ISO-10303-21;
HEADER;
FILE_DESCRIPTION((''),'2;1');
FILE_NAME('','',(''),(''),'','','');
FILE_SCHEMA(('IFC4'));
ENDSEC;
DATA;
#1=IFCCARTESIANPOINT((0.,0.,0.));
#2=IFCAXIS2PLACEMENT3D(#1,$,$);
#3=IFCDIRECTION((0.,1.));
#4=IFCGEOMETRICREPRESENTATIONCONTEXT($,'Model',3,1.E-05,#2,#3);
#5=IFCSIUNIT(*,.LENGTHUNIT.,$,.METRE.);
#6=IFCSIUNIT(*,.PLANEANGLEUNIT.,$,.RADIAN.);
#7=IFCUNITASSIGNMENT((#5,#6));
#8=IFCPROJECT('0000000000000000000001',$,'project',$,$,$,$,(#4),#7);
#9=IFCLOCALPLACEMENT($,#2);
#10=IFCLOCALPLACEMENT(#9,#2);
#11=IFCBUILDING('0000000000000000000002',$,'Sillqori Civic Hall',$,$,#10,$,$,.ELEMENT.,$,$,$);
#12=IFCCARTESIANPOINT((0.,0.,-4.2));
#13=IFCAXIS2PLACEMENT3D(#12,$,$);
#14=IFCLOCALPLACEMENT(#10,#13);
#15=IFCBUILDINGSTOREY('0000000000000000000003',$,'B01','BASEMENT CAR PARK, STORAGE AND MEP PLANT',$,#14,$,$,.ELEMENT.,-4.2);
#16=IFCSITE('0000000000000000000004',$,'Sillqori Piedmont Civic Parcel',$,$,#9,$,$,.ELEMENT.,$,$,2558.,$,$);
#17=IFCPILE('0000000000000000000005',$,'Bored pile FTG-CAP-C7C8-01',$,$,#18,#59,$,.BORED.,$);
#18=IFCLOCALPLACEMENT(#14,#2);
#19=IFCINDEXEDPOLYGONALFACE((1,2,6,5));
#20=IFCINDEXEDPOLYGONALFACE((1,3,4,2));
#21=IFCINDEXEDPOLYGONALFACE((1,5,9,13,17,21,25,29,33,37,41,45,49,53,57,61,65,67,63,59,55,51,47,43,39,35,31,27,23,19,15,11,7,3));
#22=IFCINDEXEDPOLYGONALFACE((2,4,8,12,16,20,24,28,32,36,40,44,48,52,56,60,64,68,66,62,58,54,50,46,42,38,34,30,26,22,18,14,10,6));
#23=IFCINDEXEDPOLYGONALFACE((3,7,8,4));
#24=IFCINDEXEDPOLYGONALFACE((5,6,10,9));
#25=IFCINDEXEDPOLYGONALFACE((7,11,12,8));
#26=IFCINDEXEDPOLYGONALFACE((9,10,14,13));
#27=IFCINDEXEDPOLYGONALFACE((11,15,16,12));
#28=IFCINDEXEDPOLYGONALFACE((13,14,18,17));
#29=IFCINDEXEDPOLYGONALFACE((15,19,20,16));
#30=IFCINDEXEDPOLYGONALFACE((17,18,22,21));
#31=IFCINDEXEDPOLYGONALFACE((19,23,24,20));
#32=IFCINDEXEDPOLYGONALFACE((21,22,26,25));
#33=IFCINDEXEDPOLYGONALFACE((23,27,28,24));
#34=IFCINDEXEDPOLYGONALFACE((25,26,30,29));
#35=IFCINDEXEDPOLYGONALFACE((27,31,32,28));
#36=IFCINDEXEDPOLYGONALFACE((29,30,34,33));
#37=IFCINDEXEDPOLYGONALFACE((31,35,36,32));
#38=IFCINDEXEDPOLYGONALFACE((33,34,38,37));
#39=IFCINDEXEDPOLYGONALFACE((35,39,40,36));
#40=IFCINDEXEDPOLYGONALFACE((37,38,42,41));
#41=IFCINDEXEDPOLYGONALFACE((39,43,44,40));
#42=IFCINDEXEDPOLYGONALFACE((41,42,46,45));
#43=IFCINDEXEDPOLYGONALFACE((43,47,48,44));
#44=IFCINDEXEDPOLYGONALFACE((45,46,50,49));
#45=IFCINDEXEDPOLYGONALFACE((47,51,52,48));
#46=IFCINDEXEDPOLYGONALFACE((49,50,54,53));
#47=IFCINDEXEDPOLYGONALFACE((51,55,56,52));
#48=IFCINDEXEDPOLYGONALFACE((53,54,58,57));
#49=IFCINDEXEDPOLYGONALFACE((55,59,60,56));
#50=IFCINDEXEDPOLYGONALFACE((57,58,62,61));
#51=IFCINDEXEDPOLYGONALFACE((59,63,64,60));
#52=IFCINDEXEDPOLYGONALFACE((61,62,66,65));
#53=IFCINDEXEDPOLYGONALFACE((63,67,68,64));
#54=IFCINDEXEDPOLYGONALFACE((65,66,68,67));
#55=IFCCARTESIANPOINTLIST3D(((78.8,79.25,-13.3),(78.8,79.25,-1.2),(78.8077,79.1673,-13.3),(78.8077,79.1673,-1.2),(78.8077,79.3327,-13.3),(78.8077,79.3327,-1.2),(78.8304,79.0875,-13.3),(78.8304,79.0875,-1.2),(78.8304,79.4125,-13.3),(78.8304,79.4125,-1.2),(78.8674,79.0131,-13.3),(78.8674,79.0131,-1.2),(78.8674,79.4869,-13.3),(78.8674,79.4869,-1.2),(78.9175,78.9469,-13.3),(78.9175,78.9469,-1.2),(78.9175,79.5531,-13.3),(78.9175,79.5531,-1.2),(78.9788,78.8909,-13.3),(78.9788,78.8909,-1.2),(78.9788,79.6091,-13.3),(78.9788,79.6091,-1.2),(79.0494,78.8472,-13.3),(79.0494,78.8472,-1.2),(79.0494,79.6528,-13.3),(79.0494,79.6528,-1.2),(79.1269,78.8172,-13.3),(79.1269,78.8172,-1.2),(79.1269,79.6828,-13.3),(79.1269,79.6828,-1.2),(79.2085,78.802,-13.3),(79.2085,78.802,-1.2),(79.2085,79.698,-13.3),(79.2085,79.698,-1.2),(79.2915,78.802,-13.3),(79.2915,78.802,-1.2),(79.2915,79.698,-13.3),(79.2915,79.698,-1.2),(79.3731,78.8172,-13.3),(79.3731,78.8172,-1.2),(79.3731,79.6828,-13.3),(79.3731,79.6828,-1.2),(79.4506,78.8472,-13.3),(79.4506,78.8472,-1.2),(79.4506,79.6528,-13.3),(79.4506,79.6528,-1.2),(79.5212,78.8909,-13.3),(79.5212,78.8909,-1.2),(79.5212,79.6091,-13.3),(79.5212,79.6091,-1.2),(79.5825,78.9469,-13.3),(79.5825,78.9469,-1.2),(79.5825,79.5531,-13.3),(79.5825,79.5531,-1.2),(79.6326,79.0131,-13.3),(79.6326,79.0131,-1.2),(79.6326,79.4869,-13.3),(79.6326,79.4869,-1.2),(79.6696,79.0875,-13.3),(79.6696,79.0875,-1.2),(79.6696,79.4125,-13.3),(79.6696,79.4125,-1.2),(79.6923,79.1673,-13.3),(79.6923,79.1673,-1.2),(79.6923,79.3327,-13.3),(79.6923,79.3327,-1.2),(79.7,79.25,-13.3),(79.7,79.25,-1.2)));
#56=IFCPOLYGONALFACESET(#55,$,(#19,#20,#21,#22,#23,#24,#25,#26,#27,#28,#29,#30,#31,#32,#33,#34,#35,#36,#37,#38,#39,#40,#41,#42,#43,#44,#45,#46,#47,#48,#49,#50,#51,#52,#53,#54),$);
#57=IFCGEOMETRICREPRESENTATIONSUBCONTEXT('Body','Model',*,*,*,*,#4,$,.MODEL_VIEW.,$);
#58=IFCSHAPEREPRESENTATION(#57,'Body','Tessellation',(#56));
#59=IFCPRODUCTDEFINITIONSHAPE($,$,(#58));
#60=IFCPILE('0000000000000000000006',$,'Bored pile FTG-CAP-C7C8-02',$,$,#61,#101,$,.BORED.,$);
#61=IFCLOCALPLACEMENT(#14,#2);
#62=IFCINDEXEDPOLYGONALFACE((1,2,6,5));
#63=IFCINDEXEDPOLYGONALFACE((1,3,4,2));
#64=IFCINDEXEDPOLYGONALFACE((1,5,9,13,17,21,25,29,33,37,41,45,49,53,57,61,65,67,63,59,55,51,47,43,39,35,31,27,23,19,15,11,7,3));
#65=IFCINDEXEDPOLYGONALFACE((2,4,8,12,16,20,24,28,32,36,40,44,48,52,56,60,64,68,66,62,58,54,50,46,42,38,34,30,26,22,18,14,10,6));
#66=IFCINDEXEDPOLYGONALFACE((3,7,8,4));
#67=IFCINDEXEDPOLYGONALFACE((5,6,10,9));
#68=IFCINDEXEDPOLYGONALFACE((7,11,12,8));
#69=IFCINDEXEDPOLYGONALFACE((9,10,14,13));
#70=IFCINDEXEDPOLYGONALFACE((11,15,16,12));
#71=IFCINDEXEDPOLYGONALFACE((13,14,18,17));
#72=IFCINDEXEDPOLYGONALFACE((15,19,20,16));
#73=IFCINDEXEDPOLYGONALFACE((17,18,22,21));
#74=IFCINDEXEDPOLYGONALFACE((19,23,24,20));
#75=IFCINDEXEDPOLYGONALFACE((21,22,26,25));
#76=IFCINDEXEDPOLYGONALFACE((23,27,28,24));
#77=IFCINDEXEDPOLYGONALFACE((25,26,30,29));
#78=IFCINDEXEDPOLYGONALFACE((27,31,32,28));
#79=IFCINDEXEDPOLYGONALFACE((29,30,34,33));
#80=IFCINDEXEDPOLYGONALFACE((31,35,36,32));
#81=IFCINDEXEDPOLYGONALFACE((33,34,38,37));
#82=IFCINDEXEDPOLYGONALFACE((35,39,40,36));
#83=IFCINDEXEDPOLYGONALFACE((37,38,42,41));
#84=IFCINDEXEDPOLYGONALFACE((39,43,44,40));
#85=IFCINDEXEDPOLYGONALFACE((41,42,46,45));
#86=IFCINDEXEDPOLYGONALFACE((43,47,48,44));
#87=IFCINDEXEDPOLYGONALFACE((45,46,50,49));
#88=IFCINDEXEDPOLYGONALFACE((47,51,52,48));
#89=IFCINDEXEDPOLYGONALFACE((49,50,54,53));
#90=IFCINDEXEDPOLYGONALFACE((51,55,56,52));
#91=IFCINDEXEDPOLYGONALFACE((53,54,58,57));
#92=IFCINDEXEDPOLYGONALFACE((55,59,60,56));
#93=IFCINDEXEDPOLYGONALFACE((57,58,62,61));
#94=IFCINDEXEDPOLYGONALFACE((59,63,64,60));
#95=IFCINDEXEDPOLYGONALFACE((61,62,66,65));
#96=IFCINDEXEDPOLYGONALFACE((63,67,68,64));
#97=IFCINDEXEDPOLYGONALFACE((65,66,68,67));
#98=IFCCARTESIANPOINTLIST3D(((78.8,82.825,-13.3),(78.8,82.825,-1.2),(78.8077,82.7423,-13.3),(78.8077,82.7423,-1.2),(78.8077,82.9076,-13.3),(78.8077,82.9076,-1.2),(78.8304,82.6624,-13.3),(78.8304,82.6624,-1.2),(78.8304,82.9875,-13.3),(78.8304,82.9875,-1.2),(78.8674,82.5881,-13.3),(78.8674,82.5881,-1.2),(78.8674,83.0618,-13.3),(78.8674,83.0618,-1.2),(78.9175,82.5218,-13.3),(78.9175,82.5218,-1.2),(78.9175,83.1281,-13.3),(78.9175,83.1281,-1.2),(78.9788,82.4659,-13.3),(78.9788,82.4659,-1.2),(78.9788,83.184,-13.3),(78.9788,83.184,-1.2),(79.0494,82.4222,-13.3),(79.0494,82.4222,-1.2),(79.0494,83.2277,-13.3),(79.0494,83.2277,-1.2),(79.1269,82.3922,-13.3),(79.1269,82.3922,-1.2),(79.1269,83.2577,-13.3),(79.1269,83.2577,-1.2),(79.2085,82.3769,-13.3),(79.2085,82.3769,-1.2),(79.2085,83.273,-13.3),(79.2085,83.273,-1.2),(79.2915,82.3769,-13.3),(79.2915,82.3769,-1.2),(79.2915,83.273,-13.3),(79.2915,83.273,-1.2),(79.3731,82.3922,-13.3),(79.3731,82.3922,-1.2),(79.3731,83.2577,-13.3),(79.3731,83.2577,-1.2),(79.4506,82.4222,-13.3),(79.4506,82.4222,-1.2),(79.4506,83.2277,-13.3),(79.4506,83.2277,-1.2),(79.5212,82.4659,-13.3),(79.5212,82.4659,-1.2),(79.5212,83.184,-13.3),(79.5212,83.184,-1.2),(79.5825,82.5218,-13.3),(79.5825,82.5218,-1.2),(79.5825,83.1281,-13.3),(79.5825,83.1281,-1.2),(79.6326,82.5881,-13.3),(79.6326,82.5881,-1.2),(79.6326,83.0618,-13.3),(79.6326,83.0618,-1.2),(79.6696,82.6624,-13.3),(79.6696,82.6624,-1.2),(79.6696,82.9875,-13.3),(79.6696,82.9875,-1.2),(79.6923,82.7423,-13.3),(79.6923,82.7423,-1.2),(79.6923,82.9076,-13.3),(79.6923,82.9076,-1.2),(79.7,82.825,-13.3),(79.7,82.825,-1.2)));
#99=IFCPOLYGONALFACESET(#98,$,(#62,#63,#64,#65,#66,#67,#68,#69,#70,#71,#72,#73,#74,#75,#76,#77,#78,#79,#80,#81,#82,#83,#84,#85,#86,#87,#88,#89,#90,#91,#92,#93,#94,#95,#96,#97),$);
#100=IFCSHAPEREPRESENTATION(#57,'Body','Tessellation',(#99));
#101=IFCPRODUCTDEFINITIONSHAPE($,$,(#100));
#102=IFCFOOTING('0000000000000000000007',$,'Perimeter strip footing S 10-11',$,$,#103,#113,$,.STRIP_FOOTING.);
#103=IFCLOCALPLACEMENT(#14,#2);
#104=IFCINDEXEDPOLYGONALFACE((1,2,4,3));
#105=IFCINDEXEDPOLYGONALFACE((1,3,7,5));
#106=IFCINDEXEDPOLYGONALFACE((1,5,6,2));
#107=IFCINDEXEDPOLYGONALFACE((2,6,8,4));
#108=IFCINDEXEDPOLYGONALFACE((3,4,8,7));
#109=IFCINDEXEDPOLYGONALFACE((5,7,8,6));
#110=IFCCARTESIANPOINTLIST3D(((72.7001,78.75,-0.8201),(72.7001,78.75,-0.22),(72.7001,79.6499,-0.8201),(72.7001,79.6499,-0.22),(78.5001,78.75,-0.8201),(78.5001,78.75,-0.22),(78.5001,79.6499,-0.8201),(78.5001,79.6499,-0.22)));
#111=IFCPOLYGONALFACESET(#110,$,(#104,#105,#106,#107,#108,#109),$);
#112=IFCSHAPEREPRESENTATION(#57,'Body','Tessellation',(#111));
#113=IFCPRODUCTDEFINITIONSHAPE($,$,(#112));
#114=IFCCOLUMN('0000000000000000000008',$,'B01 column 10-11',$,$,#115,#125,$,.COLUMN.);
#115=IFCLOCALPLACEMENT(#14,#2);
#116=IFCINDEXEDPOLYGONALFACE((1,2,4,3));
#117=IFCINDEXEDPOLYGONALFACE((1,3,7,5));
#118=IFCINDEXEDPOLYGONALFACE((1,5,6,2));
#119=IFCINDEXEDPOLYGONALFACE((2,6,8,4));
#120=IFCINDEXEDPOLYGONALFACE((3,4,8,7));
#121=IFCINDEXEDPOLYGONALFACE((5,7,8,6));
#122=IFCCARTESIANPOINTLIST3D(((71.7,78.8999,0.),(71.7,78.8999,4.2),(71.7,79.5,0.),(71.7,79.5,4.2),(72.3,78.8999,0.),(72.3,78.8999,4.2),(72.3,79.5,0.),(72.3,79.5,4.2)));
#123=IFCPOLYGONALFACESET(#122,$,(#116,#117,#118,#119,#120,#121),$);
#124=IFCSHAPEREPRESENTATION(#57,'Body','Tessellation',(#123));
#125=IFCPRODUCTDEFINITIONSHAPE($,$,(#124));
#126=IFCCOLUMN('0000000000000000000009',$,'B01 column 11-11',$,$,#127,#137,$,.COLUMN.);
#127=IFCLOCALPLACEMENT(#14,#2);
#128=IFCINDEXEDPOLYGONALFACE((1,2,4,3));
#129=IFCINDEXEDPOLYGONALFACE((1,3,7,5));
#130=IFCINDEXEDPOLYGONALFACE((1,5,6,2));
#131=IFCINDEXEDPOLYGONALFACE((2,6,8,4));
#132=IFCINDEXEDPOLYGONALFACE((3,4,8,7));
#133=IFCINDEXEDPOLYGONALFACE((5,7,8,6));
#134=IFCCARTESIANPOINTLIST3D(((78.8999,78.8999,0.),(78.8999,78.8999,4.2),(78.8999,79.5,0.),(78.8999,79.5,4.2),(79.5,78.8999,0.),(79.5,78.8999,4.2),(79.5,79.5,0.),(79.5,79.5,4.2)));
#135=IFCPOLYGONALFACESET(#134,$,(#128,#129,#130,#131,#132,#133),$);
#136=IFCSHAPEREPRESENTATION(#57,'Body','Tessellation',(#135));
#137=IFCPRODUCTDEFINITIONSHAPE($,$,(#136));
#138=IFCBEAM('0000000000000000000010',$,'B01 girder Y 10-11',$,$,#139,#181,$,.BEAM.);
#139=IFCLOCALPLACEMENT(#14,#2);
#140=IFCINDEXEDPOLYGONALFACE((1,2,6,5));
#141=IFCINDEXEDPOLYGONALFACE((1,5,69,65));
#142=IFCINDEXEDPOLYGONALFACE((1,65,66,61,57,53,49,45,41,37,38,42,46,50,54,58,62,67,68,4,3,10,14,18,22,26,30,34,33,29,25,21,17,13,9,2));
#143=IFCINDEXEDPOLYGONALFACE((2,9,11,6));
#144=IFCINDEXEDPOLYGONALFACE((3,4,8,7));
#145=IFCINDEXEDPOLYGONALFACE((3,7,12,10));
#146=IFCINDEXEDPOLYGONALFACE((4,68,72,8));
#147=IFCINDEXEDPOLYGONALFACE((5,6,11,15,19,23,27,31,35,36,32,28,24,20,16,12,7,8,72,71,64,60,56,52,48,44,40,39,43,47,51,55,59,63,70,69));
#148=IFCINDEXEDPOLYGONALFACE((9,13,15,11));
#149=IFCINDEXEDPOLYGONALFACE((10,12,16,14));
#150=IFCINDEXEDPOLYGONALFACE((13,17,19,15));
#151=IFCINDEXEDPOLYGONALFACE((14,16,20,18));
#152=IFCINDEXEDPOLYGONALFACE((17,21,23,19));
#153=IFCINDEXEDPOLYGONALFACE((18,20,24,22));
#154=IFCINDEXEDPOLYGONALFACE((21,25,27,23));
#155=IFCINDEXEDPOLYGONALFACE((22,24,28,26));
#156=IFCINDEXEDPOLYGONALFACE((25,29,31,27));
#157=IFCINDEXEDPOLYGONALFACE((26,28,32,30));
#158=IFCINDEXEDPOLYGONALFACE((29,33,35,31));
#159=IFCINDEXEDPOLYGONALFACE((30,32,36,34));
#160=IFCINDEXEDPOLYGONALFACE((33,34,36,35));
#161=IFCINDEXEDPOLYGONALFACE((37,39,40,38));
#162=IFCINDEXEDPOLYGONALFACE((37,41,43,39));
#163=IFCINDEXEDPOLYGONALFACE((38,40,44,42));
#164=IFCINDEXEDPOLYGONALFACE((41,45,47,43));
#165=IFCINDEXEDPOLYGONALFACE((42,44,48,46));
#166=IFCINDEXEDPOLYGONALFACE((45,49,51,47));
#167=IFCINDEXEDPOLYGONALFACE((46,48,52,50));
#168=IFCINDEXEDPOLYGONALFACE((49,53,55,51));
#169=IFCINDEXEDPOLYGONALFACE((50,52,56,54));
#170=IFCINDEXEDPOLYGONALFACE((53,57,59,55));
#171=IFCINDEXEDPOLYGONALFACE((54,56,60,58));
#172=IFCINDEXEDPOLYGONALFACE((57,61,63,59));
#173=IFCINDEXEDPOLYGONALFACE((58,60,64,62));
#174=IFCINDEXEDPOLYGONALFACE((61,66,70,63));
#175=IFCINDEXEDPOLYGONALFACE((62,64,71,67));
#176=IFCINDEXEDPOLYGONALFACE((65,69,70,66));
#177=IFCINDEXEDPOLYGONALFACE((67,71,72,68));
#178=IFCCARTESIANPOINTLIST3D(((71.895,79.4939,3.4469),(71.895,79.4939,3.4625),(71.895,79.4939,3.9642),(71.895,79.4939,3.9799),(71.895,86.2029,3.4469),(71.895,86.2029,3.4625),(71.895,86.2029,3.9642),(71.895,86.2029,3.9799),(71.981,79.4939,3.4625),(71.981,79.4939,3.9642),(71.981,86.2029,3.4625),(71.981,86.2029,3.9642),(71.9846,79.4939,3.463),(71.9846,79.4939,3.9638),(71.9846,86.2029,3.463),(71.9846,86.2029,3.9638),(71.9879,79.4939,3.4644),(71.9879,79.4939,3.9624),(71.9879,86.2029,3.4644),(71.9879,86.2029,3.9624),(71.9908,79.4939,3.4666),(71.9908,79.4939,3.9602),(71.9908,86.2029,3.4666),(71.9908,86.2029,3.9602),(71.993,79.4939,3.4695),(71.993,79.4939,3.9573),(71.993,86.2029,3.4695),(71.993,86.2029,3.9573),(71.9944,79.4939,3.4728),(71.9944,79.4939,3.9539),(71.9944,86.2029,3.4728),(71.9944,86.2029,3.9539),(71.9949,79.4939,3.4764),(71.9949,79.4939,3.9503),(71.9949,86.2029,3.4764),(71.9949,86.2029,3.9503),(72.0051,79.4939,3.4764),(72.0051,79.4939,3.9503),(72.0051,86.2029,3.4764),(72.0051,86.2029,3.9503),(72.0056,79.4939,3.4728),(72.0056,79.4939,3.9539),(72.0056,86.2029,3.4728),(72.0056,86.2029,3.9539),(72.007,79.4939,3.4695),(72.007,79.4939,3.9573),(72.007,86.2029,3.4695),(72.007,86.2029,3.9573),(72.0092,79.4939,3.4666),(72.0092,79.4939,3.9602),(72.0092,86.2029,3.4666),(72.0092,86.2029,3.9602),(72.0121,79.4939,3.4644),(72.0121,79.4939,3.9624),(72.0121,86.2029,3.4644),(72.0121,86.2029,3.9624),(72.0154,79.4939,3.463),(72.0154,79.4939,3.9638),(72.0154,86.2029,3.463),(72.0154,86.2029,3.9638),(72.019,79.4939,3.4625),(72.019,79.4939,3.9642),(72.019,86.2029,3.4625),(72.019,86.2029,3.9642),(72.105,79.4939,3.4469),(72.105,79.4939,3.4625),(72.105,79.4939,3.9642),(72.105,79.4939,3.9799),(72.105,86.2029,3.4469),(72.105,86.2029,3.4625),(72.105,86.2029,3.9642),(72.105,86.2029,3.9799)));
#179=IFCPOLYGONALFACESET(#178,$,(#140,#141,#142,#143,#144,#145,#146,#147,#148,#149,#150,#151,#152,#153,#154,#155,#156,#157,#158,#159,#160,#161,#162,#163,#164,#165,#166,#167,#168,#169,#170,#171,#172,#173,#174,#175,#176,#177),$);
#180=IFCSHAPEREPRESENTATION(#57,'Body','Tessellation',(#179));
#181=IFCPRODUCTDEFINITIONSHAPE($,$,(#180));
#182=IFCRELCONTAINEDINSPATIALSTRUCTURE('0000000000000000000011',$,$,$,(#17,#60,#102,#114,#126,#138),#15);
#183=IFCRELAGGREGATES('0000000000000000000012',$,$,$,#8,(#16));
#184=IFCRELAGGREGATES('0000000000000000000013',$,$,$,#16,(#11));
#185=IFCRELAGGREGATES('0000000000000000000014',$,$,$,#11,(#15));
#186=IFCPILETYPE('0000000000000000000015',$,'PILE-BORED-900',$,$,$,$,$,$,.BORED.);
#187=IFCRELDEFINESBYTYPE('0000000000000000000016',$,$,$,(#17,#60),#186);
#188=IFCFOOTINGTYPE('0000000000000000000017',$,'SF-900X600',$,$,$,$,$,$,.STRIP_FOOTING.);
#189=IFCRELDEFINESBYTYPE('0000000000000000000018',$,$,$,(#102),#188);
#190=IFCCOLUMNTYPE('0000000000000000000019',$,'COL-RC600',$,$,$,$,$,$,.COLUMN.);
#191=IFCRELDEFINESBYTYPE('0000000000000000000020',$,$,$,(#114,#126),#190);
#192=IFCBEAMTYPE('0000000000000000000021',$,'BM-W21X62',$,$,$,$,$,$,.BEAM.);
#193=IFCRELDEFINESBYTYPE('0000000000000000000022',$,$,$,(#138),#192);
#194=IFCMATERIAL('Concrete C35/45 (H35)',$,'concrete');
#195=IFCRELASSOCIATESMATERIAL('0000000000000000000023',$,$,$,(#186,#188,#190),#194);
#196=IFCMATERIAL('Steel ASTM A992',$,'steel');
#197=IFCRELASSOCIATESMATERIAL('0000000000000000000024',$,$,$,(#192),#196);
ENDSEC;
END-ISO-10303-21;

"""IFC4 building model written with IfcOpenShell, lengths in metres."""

from ifc_helpers import new_model, si_unit, direction, frame, origin, origin_2d, place, context, subcontext, project, spatial, rectangle, circle, i_section, extrude, material, material_profile, profile_set, type_object, element, save


model = new_model("IFC4")

# Units and contexts
model_context = context("Model", 3, precision=1e-05, world=origin(), true_north=direction((0.0, 1.0)))
body_context = subcontext(model_context, "Body", "Model", "MODEL_VIEW")
ifc_project = project(units=[si_unit("LENGTHUNIT", "METRE"), si_unit("PLANEANGLEUNIT", "RADIAN")], contexts=[model_context])

# Site, building, storey
site_placement = place(None, origin())
site = spatial("IfcSite", under=ifc_project, at=site_placement, Name="Sillqori Piedmont Civic Parcel", CompositionType="ELEMENT", RefElevation=2558.0)
building_placement = place(site_placement, origin())
building = spatial("IfcBuilding", under=site, at=building_placement, Name="Sillqori Civic Hall", CompositionType="ELEMENT")
storey_placement = place(building_placement, frame((0.0, 0.0, -4.2)))
storey = spatial("IfcBuildingStorey", under=building, at=storey_placement, Name="B01", Description="BASEMENT CAR PARK, STORAGE AND MEP PLANT", CompositionType="ELEMENT", Elevation=-4.2)

# Piles
ifc_material_1 = material(Name="Concrete C35/45 (H35)", Category="concrete")
ifc_material_profile_1 = material_profile(ifc_material_1, circle(Radius=0.45, at=origin_2d()), Name="BORED PILE 900")
ifc_profile_set_1 = profile_set([ifc_material_profile_1], Name="Concrete C35/45 (H35)")
pile_type = type_object("IfcPileType", Name="PILE-BORED-900", PredefinedType="BORED", material=ifc_profile_set_1)
for number, where, z_axis, x_axis, name in (
    (1, (79.25, 79.25, -1.2), (0.0, 0.0, -1.0), (1.0, 0.0, 0.0), "Bored pile FTG-CAP-C7C8-01"),
    (2, (79.25, 82.825, -1.2), (0.0, 0.0, -1.0), (1.0, 0.0, 0.0), "Bored pile FTG-CAP-C7C8-02"),
):
    element("IfcPile", number, at=place(storey_placement, frame(where, z_axis=z_axis, x_axis=x_axis)), inside=storey, type_object=pile_type, Name=name, PredefinedType="BORED", context=body_context, shape_type="SweptSolid", body=[
        extrude(circle(Radius=0.45, at=origin_2d()), origin(), (0.0, 0.0, 1.0), 12.1001),
    ])

# Footing
footing_type = type_object("IfcFootingType", Name="SF-900X600", PredefinedType="STRIP_FOOTING", material=ifc_material_1)
footing_placement = place(storey_placement, frame((75.6001, 79.2, -0.8201), z_axis=(0.0, 0.0, 1.0), x_axis=(1.0, 0.0, 0.0)))
element("IfcFooting", 3, at=footing_placement, inside=storey, type_object=footing_type, Name="Perimeter strip footing S 10-11", PredefinedType="STRIP_FOOTING", context=body_context, shape_type="SweptSolid", body=[
    extrude(rectangle(XDim=5.8, YDim=0.8999, at=origin_2d()), origin(), (0.0, 0.0, 1.0), 0.6001),
])

# Columns
ifc_material_profile_2 = material_profile(ifc_material_1, rectangle(XDim=0.6001, YDim=0.6001, at=origin_2d()), Name="RC 600x600")
ifc_profile_set_2 = profile_set([ifc_material_profile_2], Name="Concrete C35/45 (H35)")
column_type = type_object("IfcColumnType", Name="COL-RC600", PredefinedType="COLUMN", material=ifc_profile_set_2)
for number, where, z_axis, x_axis, name in (
    (4, (72.0, 79.2, 0.0), (0.0, 0.0, 1.0), (1.0, 0.0, 0.0), "B01 column 10-11"),
    (5, (79.2, 79.2, 0.0), (0.0, 0.0, 1.0), (1.0, 0.0, 0.0), "B01 column 11-11"),
):
    element("IfcColumn", number, at=place(storey_placement, frame(where, z_axis=z_axis, x_axis=x_axis)), inside=storey, type_object=column_type, Name=name, PredefinedType="COLUMN", context=body_context, shape_type="SweptSolid", body=[
        extrude(rectangle(XDim=0.6001, YDim=0.6001, at=origin_2d()), origin(), (0.0, 0.0, 1.0), 4.2),
    ])

# Beam
ifc_material_2 = material(Name="Steel ASTM A992", Category="steel")
ifc_material_profile_3 = material_profile(ifc_material_2, i_section(OverallWidth=0.21, OverallDepth=0.533, WebThickness=0.0103, FlangeThickness=0.0156, FilletRadius=0.0139, at=origin_2d()), Name="W21X62")
ifc_profile_set_3 = profile_set([ifc_material_profile_3], Name="Steel ASTM A992")
beam_type_1 = type_object("IfcBeamType", Name="BM-W21X62", PredefinedType="BEAM", material=ifc_profile_set_3)
for number, where, z_axis, x_axis, name in (
    (6, (72.0, 79.4939, 3.7134), (0.0, 1.0, 0.0), (-1.0, 0.0, 0.0), "B01 girder Y 10-11"),
):
    element("IfcBeam", number, at=place(storey_placement, frame(where, z_axis=z_axis, x_axis=x_axis)), inside=storey, type_object=beam_type_1, Name=name, PredefinedType="BEAM", context=body_context, shape_type="SweptSolid", body=[
        extrude(i_section(OverallWidth=0.21, OverallDepth=0.533, WebThickness=0.0103, FlangeThickness=0.0156, FilletRadius=0.0139, at=origin_2d()), origin(), (0.0, 0.0, 1.0), 6.709),
    ])

save(model, "model.ifc")
